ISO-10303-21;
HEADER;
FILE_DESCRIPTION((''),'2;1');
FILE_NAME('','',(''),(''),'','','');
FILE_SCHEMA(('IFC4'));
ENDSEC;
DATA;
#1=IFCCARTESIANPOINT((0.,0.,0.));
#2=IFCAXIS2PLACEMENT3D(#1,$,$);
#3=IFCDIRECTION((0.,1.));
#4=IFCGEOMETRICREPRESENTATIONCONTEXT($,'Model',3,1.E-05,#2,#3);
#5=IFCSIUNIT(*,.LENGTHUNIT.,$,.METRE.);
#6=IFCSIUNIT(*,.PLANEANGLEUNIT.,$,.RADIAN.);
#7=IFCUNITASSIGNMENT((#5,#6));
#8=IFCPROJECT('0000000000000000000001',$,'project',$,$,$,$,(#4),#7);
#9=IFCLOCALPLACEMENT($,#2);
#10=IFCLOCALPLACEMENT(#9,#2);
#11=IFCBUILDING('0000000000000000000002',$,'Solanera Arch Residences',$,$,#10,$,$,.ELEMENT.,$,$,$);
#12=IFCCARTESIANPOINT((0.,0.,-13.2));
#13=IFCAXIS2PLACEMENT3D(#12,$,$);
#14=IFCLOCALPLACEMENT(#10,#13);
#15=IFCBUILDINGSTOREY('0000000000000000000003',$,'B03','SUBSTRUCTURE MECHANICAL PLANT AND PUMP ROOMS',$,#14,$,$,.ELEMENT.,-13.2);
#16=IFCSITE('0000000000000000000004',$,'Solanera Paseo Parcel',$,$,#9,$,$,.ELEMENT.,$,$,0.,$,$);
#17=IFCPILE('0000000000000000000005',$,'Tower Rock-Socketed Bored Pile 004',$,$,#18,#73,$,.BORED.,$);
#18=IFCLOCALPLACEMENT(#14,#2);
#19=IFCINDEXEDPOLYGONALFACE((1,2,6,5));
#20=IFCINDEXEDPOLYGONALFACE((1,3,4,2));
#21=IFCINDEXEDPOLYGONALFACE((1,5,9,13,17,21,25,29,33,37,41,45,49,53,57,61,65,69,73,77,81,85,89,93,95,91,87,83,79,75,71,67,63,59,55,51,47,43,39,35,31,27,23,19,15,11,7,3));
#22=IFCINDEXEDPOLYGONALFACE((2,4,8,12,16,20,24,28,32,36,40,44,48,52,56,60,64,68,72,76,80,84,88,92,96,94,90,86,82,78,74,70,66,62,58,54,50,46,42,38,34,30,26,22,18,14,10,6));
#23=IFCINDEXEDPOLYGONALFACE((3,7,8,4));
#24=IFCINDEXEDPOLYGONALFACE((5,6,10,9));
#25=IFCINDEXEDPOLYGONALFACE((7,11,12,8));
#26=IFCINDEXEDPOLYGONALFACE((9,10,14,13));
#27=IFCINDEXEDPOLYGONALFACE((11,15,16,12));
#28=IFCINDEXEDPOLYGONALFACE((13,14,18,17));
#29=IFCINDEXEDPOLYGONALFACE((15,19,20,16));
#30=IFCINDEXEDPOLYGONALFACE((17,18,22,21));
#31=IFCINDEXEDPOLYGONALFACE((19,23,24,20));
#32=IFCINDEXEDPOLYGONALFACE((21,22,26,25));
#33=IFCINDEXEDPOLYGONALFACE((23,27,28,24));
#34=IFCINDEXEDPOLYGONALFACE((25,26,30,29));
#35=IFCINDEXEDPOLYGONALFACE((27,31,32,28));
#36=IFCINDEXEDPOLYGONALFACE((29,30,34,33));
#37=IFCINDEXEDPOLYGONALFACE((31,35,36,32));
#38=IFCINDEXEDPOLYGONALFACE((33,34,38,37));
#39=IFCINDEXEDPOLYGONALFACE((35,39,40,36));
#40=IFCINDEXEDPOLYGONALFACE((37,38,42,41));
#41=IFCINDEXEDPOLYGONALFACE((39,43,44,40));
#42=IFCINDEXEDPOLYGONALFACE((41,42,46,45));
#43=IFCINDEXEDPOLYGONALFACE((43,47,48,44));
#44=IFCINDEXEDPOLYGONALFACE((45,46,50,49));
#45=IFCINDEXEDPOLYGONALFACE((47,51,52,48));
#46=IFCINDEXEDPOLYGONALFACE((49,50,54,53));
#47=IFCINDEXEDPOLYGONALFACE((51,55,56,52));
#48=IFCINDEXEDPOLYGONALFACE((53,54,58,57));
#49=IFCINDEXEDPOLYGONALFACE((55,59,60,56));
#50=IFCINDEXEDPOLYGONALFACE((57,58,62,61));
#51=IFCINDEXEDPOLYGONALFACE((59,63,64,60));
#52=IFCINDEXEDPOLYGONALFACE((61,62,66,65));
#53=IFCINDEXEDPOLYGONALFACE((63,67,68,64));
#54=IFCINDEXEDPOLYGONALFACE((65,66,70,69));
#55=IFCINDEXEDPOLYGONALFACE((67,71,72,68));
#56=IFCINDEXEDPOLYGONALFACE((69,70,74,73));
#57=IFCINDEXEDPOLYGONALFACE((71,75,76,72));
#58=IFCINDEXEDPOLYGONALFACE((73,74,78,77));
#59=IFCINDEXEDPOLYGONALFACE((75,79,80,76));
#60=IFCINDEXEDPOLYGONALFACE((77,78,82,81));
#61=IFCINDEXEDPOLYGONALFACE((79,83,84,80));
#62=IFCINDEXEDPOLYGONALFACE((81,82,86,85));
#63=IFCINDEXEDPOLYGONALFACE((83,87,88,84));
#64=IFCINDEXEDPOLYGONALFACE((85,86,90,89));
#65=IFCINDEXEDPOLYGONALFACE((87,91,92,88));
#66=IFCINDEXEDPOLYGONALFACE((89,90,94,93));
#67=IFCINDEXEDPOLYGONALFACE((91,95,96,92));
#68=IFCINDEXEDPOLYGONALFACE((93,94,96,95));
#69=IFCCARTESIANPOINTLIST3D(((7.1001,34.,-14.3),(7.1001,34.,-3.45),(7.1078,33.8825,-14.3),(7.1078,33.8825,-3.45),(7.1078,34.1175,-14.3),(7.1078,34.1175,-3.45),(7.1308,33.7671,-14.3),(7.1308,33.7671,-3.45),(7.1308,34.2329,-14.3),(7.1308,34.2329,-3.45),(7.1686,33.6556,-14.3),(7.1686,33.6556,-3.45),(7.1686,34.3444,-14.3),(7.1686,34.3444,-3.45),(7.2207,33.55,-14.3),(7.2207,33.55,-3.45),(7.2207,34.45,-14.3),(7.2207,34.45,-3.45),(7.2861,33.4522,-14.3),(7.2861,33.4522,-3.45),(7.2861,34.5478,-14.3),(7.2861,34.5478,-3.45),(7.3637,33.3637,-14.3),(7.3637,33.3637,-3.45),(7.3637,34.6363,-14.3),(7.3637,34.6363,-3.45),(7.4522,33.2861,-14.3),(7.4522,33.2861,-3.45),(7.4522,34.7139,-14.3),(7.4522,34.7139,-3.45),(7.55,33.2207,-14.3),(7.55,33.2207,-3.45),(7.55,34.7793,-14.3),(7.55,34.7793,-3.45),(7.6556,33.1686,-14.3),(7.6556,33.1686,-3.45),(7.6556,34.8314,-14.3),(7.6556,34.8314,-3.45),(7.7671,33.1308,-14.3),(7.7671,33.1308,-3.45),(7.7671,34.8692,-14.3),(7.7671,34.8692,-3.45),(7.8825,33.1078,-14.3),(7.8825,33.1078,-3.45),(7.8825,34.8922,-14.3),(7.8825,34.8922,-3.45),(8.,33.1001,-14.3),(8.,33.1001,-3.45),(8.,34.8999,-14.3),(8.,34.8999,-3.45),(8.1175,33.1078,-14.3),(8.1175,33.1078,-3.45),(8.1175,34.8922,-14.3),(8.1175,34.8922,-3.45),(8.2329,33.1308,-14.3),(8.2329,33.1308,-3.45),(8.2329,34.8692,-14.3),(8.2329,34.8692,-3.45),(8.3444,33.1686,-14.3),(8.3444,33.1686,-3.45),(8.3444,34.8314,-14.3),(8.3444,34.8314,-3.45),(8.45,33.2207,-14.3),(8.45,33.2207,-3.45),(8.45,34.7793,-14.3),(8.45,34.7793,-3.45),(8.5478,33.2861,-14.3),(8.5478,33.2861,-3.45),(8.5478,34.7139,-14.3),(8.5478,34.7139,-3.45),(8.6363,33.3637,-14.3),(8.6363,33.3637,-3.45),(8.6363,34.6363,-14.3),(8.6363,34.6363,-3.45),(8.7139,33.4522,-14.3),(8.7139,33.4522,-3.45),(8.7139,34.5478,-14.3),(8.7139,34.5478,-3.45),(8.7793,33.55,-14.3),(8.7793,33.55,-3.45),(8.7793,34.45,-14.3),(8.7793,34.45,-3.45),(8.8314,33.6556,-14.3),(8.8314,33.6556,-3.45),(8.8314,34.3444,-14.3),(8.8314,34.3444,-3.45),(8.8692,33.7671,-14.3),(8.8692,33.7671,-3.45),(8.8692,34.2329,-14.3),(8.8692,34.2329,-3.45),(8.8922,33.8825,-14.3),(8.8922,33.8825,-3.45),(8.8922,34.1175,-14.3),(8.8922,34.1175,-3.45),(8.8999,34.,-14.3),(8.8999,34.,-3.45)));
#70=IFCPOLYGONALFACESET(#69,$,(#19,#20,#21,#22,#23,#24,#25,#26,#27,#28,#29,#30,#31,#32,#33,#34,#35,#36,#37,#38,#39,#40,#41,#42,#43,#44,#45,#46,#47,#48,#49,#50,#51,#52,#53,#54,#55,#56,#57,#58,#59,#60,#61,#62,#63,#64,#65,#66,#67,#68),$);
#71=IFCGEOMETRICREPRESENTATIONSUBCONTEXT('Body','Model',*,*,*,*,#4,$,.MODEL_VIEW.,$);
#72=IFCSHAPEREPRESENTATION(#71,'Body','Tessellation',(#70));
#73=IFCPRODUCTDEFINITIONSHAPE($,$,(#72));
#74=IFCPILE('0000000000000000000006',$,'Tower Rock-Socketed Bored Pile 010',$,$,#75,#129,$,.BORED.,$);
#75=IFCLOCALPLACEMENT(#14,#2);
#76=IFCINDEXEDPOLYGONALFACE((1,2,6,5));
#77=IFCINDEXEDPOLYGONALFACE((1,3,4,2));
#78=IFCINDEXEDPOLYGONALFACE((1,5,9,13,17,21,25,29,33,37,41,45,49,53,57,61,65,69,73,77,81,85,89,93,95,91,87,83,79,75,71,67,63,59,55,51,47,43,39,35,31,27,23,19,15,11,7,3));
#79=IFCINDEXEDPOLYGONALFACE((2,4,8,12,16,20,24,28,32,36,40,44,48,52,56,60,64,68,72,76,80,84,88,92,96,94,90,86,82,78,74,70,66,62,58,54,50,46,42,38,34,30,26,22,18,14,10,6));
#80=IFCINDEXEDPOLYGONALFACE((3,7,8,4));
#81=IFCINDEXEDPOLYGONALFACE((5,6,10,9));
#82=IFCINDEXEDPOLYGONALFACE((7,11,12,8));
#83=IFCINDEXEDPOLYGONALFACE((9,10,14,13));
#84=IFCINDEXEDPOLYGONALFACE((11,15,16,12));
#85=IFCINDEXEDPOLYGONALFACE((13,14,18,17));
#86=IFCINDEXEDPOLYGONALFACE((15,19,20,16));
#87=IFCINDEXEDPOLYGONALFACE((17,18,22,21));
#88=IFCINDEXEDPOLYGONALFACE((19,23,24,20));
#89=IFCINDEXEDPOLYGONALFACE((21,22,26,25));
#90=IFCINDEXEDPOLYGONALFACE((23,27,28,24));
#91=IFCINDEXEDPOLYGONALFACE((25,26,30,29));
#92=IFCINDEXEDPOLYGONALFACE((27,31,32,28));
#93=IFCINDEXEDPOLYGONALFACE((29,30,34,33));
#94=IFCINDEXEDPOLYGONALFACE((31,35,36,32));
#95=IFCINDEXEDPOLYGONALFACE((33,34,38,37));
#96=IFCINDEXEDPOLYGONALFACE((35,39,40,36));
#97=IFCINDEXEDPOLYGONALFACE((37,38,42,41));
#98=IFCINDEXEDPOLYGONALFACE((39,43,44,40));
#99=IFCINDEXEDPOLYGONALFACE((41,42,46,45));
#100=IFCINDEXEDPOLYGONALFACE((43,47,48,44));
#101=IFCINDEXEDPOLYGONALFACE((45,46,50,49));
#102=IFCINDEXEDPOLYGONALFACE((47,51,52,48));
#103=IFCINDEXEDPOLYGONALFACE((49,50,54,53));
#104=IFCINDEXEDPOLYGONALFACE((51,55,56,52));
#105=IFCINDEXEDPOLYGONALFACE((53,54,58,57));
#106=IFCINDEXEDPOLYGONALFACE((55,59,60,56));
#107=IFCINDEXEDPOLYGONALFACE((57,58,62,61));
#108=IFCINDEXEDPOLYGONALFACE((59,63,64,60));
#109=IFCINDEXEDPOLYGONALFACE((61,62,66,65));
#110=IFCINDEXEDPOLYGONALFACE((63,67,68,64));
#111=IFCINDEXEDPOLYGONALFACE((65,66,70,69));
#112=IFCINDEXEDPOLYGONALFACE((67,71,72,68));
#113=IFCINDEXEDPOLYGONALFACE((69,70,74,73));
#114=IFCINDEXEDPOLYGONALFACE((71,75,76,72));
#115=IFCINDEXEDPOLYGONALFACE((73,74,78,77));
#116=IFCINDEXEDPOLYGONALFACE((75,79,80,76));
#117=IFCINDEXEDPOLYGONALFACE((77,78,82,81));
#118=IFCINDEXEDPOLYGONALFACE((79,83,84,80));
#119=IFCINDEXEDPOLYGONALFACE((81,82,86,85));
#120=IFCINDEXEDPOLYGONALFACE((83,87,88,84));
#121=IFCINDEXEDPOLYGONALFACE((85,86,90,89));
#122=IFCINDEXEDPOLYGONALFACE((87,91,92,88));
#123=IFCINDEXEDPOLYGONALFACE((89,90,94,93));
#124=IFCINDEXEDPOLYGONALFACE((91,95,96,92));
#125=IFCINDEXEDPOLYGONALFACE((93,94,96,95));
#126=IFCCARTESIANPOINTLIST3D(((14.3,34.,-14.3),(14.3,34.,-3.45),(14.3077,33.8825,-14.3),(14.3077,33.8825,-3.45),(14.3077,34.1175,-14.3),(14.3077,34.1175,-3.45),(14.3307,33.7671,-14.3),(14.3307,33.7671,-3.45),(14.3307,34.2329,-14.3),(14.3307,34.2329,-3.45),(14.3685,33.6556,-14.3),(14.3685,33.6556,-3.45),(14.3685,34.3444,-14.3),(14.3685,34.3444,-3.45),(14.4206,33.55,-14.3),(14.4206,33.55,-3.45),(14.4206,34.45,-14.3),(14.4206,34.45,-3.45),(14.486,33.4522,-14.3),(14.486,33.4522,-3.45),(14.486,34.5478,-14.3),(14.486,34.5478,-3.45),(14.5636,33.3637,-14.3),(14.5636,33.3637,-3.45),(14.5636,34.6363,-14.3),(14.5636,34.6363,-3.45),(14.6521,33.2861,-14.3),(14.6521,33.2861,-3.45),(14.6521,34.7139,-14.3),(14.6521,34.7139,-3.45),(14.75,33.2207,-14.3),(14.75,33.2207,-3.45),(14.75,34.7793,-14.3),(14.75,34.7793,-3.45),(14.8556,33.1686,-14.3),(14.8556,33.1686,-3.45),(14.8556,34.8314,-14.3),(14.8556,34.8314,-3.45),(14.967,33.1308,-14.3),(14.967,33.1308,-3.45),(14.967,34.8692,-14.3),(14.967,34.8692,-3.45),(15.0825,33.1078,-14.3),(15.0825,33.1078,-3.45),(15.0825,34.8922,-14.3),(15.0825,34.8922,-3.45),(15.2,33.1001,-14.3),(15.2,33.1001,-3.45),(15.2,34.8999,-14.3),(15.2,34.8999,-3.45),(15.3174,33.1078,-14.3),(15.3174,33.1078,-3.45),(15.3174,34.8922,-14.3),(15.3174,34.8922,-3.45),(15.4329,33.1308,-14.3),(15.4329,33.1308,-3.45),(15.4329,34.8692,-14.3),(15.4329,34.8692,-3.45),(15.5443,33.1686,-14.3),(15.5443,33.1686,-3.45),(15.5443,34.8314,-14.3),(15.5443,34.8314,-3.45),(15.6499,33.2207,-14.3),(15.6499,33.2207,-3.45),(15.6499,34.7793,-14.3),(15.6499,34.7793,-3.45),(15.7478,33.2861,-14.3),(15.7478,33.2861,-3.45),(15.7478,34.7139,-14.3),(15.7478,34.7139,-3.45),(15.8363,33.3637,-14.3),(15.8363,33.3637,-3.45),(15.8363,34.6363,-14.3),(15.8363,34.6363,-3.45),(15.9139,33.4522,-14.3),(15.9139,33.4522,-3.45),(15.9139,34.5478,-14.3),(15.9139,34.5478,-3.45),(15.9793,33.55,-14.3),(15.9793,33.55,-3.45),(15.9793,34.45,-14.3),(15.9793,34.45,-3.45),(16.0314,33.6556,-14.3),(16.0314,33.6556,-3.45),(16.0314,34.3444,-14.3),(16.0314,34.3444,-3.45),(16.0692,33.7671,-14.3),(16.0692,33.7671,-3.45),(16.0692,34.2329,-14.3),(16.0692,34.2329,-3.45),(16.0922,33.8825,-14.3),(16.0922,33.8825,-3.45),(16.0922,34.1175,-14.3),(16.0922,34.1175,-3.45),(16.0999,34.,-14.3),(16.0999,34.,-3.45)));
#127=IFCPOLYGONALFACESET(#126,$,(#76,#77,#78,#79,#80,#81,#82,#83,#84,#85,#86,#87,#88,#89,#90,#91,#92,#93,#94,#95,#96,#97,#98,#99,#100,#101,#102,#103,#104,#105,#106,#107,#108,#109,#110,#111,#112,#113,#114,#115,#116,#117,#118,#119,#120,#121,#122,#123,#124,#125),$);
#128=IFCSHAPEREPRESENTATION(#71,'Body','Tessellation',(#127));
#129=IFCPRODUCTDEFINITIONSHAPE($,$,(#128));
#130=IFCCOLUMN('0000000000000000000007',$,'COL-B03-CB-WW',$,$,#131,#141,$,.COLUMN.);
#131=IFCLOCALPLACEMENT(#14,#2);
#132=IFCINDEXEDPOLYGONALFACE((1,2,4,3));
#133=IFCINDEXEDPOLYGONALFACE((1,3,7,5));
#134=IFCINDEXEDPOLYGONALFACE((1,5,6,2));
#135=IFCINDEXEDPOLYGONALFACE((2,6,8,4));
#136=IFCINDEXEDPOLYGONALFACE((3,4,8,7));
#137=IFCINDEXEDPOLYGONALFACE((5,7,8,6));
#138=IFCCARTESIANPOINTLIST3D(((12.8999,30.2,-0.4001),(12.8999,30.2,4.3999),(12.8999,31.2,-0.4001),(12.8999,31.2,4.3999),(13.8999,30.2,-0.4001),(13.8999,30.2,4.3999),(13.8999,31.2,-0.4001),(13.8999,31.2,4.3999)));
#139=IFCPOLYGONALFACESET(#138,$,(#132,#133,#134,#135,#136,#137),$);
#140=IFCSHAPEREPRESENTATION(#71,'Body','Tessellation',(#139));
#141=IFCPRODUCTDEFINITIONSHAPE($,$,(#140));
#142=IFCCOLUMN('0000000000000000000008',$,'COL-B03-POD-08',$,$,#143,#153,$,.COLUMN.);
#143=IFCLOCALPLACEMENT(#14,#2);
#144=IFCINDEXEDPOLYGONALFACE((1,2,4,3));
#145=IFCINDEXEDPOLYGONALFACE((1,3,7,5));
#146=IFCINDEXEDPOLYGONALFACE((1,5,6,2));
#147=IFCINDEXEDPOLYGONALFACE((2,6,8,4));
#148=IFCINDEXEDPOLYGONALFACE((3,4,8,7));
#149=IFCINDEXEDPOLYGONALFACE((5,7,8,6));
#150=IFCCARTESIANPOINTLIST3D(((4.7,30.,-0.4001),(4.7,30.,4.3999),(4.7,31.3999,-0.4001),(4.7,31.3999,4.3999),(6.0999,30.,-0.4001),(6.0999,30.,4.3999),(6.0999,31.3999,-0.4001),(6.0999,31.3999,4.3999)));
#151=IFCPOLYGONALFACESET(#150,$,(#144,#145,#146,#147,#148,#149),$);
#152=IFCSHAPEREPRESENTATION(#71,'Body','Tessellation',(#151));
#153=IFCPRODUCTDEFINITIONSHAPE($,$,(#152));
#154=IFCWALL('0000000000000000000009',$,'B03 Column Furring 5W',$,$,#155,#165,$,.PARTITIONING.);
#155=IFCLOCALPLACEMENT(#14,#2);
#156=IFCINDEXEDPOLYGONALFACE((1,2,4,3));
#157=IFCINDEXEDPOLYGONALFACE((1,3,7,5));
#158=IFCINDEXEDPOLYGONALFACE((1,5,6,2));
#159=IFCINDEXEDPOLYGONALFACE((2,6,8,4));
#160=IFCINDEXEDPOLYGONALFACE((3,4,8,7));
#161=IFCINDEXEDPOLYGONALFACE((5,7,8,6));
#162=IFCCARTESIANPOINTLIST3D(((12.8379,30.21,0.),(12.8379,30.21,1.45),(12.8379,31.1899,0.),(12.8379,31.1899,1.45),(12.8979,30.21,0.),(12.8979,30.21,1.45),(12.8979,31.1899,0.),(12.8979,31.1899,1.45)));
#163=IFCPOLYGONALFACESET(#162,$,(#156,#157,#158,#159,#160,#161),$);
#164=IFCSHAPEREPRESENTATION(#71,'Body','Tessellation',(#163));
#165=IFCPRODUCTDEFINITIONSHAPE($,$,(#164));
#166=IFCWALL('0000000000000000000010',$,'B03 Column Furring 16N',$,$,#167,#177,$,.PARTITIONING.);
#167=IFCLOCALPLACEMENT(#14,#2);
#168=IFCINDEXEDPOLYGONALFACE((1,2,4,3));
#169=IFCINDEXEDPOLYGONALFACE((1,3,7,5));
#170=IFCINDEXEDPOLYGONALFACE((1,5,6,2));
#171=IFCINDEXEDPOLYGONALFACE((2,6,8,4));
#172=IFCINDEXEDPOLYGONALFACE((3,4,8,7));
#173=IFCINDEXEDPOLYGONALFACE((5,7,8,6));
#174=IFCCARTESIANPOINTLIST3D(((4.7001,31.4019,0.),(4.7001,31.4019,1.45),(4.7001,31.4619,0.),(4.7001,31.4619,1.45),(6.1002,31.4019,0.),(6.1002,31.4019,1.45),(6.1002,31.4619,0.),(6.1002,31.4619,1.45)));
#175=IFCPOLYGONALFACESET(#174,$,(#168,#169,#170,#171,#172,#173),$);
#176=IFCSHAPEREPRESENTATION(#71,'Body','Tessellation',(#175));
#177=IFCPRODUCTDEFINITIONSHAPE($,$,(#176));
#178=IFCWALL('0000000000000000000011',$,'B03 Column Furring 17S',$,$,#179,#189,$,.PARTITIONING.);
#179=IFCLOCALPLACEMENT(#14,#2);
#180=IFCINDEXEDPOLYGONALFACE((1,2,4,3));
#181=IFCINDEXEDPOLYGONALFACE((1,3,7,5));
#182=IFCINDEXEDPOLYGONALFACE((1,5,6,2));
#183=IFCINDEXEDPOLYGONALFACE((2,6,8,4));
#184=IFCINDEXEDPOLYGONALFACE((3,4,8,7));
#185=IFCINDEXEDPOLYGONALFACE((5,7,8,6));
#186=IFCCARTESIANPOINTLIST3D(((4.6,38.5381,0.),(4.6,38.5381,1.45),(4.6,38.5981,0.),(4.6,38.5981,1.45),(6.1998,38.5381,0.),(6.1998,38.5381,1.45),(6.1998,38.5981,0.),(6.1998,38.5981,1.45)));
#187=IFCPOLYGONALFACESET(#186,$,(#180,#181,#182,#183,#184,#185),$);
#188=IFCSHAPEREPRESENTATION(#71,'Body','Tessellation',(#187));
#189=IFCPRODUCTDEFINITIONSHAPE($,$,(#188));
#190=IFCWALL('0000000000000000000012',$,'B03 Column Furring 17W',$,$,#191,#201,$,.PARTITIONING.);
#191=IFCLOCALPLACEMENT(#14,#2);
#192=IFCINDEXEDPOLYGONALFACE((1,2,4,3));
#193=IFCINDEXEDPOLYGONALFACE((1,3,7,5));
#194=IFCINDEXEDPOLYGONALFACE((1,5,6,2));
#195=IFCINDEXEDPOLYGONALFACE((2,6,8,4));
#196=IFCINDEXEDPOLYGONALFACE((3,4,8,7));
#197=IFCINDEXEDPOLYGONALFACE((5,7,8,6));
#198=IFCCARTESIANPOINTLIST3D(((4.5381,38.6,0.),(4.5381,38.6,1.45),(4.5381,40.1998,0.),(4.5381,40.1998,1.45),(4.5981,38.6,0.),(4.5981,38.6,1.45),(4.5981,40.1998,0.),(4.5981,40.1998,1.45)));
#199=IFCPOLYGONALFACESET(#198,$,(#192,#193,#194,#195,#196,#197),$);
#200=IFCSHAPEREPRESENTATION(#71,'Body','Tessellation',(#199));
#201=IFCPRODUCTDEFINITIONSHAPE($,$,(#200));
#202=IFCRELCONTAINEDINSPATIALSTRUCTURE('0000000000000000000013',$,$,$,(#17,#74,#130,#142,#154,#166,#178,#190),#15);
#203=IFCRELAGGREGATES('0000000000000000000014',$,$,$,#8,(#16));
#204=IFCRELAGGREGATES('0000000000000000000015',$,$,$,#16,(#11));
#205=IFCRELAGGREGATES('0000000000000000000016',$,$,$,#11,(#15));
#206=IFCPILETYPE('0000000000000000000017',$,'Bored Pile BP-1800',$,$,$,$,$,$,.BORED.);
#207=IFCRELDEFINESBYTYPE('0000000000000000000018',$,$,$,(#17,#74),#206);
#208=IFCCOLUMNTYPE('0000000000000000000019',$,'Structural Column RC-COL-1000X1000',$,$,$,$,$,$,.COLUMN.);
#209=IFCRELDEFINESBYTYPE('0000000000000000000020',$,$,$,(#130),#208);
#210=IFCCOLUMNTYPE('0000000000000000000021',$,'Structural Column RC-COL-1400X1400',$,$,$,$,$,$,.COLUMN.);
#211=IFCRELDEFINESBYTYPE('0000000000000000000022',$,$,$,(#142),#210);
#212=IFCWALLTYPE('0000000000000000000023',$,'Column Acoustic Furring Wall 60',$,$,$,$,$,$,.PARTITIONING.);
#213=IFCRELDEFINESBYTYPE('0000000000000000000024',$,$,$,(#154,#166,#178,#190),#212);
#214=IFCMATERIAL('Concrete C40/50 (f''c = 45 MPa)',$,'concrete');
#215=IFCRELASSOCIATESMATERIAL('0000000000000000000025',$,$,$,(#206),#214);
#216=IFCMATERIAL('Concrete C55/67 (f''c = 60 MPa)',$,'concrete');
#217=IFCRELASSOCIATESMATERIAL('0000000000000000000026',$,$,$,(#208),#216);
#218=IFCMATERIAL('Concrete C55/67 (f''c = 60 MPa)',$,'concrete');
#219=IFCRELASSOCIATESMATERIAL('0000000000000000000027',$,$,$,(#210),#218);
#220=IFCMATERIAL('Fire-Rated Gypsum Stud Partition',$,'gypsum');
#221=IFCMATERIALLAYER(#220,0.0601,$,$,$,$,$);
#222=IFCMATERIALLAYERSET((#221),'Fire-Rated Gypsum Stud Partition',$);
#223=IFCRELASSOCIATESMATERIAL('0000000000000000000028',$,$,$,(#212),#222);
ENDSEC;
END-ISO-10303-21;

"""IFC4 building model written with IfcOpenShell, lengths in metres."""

from ifc_helpers import new_model, si_unit, direction, frame, frame_2d, origin, origin_2d, place, context, subcontext, project, spatial, rectangle, circle, extrude, material, layer, layer_set, material_profile, profile_set, type_object, element, save


model = new_model("IFC4")

# Units and contexts
model_context = context("Model", 3, precision=1e-05, world=origin(), true_north=direction((0.0, 1.0)))
body_context = subcontext(model_context, "Body", "Model", "MODEL_VIEW")
ifc_project = project(units=[si_unit("LENGTHUNIT", "METRE"), si_unit("PLANEANGLEUNIT", "RADIAN")], contexts=[model_context])

# Site, building, storey
site_placement = place(None, origin())
site = spatial("IfcSite", under=ifc_project, at=site_placement, Name="Solanera Paseo Parcel", CompositionType="ELEMENT", RefElevation=0.0)
building_placement = place(site_placement, origin())
building = spatial("IfcBuilding", under=site, at=building_placement, Name="Solanera Arch Residences", CompositionType="ELEMENT")
storey_placement = place(building_placement, frame((0.0, 0.0, -13.2)))
storey = spatial("IfcBuildingStorey", under=building, at=storey_placement, Name="B03", Description="SUBSTRUCTURE MECHANICAL PLANT AND PUMP ROOMS", CompositionType="ELEMENT", Elevation=-13.2)

# Piles
ifc_material_1 = material(Name="Concrete C40/50 (f'c = 45 MPa)", Category="concrete")
ifc_material_profile_1 = material_profile(ifc_material_1, circle(Radius=0.8999, at=origin_2d()))
ifc_profile_set_1 = profile_set([ifc_material_profile_1], Name="Concrete C40/50 (f'c = 45 MPa)")
pile_type = type_object("IfcPileType", Name="Bored Pile BP-1800", PredefinedType="BORED", material=ifc_profile_set_1)
for number, where, z_axis, x_axis, name in (
    (1, (8.0, 34.0, -3.45), (0.0, 0.0, -1.0), (1.0, 0.0, 0.0), "Tower Rock-Socketed Bored Pile 004"),
    (2, (15.2, 34.0, -3.45), (0.0, 0.0, -1.0), (1.0, 0.0, 0.0), "Tower Rock-Socketed Bored Pile 010"),
):
    element("IfcPile", number, at=place(storey_placement, frame(where, z_axis=z_axis, x_axis=x_axis)), inside=storey, type_object=pile_type, Name=name, PredefinedType="BORED", context=body_context, shape_type="SweptSolid", body=[
        extrude(circle(Radius=0.8999, at=origin_2d()), origin(), (0.0, 0.0, 1.0), 10.8501),
    ])

# Columns
ifc_material_2 = material(Name="Concrete C55/67 (f'c = 60 MPa)", Category="concrete")
ifc_material_profile_2 = material_profile(ifc_material_2, rectangle(XDim=1.0, YDim=1.0, at=origin_2d()))
ifc_profile_set_2 = profile_set([ifc_material_profile_2], Name="Concrete C55/67 (f'c = 60 MPa)")
column_type_1 = type_object("IfcColumnType", Name="Structural Column RC-COL-1000X1000", PredefinedType="COLUMN", material=ifc_profile_set_2)
column_1_placement = place(storey_placement, frame((13.3999, 30.7, -0.4001), z_axis=(0.0, 0.0, 1.0), x_axis=(1.0, 0.0, 0.0)))
element("IfcColumn", 3, at=column_1_placement, inside=storey, type_object=column_type_1, Name="COL-B03-CB-WW", PredefinedType="COLUMN", context=body_context, shape_type="SweptSolid", body=[
    extrude(rectangle(XDim=1.0, YDim=1.0, at=origin_2d()), origin(), (0.0, 0.0, 1.0), 4.8),
])
ifc_material_3 = material(Name="Concrete C55/67 (f'c = 60 MPa)", Category="concrete")
ifc_material_profile_3 = material_profile(ifc_material_3, rectangle(XDim=1.3999, YDim=1.3999, at=origin_2d()))
ifc_profile_set_3 = profile_set([ifc_material_profile_3], Name="Concrete C55/67 (f'c = 60 MPa)")
column_type_2 = type_object("IfcColumnType", Name="Structural Column RC-COL-1400X1400", PredefinedType="COLUMN", material=ifc_profile_set_3)
column_2_placement = place(storey_placement, frame((5.3999, 30.7, -0.4001), z_axis=(0.0, 0.0, 1.0), x_axis=(1.0, 0.0, 0.0)))
element("IfcColumn", 4, at=column_2_placement, inside=storey, type_object=column_type_2, Name="COL-B03-POD-08", PredefinedType="COLUMN", context=body_context, shape_type="SweptSolid", body=[
    extrude(rectangle(XDim=1.3999, YDim=1.3999, at=origin_2d()), origin(), (0.0, 0.0, 1.0), 4.8),
])

# Walls
ifc_material_4 = material(Name="Fire-Rated Gypsum Stud Partition", Category="gypsum")
ifc_layer_1 = layer(ifc_material_4, 0.0601)
ifc_layer_set_1 = layer_set([ifc_layer_1], Name="Fire-Rated Gypsum Stud Partition")
wall_type_1 = type_object("IfcWallType", Name="Column Acoustic Furring Wall 60", PredefinedType="PARTITIONING", material=ifc_layer_set_1)
wall_1_placement = place(storey_placement, frame((12.8679, 30.21, 0.0), z_axis=(0.0, 0.0, 1.0), x_axis=(0.0, 1.0, 0.0)))
element("IfcWall", 5, at=wall_1_placement, inside=storey, type_object=wall_type_1, Name="B03 Column Furring 5W", PredefinedType="PARTITIONING", context=body_context, shape_type="SweptSolid", body=[
    extrude(rectangle(XDim=0.98, YDim=0.0601, at=frame_2d((0.49, 0.0))), origin(), (0.0, 0.0, 1.0), 1.45),
])
wall_2_placement = place(storey_placement, frame((4.7, 31.4319, 0.0), z_axis=(0.0, 0.0, 1.0), x_axis=(1.0, 0.0, 0.0)))
element("IfcWall", 6, at=wall_2_placement, inside=storey, type_object=wall_type_1, Name="B03 Column Furring 16N", PredefinedType="PARTITIONING", context=body_context, shape_type="SweptSolid", body=[
    extrude(rectangle(XDim=1.4001, YDim=0.0601, at=frame_2d((0.7002, 0.0))), origin(), (0.0, 0.0, 1.0), 1.45),
])
for number, where, z_axis, x_axis, name in (
    (7, (4.6001, 38.5681, 0.0), (0.0, 0.0, 1.0), (1.0, 0.0, 0.0), "B03 Column Furring 17S"),
    (8, (4.5681, 38.6001, 0.0), (0.0, 0.0, 1.0), (0.0, 1.0, 0.0), "B03 Column Furring 17W"),
):
    element("IfcWall", number, at=place(storey_placement, frame(where, z_axis=z_axis, x_axis=x_axis)), inside=storey, type_object=wall_type_1, Name=name, PredefinedType="PARTITIONING", context=body_context, shape_type="SweptSolid", body=[
        extrude(rectangle(XDim=1.5999, YDim=0.0601, at=frame_2d((0.7998, 0.0))), origin(), (0.0, 0.0, 1.0), 1.45),
    ])

save(model, "model.ifc")
